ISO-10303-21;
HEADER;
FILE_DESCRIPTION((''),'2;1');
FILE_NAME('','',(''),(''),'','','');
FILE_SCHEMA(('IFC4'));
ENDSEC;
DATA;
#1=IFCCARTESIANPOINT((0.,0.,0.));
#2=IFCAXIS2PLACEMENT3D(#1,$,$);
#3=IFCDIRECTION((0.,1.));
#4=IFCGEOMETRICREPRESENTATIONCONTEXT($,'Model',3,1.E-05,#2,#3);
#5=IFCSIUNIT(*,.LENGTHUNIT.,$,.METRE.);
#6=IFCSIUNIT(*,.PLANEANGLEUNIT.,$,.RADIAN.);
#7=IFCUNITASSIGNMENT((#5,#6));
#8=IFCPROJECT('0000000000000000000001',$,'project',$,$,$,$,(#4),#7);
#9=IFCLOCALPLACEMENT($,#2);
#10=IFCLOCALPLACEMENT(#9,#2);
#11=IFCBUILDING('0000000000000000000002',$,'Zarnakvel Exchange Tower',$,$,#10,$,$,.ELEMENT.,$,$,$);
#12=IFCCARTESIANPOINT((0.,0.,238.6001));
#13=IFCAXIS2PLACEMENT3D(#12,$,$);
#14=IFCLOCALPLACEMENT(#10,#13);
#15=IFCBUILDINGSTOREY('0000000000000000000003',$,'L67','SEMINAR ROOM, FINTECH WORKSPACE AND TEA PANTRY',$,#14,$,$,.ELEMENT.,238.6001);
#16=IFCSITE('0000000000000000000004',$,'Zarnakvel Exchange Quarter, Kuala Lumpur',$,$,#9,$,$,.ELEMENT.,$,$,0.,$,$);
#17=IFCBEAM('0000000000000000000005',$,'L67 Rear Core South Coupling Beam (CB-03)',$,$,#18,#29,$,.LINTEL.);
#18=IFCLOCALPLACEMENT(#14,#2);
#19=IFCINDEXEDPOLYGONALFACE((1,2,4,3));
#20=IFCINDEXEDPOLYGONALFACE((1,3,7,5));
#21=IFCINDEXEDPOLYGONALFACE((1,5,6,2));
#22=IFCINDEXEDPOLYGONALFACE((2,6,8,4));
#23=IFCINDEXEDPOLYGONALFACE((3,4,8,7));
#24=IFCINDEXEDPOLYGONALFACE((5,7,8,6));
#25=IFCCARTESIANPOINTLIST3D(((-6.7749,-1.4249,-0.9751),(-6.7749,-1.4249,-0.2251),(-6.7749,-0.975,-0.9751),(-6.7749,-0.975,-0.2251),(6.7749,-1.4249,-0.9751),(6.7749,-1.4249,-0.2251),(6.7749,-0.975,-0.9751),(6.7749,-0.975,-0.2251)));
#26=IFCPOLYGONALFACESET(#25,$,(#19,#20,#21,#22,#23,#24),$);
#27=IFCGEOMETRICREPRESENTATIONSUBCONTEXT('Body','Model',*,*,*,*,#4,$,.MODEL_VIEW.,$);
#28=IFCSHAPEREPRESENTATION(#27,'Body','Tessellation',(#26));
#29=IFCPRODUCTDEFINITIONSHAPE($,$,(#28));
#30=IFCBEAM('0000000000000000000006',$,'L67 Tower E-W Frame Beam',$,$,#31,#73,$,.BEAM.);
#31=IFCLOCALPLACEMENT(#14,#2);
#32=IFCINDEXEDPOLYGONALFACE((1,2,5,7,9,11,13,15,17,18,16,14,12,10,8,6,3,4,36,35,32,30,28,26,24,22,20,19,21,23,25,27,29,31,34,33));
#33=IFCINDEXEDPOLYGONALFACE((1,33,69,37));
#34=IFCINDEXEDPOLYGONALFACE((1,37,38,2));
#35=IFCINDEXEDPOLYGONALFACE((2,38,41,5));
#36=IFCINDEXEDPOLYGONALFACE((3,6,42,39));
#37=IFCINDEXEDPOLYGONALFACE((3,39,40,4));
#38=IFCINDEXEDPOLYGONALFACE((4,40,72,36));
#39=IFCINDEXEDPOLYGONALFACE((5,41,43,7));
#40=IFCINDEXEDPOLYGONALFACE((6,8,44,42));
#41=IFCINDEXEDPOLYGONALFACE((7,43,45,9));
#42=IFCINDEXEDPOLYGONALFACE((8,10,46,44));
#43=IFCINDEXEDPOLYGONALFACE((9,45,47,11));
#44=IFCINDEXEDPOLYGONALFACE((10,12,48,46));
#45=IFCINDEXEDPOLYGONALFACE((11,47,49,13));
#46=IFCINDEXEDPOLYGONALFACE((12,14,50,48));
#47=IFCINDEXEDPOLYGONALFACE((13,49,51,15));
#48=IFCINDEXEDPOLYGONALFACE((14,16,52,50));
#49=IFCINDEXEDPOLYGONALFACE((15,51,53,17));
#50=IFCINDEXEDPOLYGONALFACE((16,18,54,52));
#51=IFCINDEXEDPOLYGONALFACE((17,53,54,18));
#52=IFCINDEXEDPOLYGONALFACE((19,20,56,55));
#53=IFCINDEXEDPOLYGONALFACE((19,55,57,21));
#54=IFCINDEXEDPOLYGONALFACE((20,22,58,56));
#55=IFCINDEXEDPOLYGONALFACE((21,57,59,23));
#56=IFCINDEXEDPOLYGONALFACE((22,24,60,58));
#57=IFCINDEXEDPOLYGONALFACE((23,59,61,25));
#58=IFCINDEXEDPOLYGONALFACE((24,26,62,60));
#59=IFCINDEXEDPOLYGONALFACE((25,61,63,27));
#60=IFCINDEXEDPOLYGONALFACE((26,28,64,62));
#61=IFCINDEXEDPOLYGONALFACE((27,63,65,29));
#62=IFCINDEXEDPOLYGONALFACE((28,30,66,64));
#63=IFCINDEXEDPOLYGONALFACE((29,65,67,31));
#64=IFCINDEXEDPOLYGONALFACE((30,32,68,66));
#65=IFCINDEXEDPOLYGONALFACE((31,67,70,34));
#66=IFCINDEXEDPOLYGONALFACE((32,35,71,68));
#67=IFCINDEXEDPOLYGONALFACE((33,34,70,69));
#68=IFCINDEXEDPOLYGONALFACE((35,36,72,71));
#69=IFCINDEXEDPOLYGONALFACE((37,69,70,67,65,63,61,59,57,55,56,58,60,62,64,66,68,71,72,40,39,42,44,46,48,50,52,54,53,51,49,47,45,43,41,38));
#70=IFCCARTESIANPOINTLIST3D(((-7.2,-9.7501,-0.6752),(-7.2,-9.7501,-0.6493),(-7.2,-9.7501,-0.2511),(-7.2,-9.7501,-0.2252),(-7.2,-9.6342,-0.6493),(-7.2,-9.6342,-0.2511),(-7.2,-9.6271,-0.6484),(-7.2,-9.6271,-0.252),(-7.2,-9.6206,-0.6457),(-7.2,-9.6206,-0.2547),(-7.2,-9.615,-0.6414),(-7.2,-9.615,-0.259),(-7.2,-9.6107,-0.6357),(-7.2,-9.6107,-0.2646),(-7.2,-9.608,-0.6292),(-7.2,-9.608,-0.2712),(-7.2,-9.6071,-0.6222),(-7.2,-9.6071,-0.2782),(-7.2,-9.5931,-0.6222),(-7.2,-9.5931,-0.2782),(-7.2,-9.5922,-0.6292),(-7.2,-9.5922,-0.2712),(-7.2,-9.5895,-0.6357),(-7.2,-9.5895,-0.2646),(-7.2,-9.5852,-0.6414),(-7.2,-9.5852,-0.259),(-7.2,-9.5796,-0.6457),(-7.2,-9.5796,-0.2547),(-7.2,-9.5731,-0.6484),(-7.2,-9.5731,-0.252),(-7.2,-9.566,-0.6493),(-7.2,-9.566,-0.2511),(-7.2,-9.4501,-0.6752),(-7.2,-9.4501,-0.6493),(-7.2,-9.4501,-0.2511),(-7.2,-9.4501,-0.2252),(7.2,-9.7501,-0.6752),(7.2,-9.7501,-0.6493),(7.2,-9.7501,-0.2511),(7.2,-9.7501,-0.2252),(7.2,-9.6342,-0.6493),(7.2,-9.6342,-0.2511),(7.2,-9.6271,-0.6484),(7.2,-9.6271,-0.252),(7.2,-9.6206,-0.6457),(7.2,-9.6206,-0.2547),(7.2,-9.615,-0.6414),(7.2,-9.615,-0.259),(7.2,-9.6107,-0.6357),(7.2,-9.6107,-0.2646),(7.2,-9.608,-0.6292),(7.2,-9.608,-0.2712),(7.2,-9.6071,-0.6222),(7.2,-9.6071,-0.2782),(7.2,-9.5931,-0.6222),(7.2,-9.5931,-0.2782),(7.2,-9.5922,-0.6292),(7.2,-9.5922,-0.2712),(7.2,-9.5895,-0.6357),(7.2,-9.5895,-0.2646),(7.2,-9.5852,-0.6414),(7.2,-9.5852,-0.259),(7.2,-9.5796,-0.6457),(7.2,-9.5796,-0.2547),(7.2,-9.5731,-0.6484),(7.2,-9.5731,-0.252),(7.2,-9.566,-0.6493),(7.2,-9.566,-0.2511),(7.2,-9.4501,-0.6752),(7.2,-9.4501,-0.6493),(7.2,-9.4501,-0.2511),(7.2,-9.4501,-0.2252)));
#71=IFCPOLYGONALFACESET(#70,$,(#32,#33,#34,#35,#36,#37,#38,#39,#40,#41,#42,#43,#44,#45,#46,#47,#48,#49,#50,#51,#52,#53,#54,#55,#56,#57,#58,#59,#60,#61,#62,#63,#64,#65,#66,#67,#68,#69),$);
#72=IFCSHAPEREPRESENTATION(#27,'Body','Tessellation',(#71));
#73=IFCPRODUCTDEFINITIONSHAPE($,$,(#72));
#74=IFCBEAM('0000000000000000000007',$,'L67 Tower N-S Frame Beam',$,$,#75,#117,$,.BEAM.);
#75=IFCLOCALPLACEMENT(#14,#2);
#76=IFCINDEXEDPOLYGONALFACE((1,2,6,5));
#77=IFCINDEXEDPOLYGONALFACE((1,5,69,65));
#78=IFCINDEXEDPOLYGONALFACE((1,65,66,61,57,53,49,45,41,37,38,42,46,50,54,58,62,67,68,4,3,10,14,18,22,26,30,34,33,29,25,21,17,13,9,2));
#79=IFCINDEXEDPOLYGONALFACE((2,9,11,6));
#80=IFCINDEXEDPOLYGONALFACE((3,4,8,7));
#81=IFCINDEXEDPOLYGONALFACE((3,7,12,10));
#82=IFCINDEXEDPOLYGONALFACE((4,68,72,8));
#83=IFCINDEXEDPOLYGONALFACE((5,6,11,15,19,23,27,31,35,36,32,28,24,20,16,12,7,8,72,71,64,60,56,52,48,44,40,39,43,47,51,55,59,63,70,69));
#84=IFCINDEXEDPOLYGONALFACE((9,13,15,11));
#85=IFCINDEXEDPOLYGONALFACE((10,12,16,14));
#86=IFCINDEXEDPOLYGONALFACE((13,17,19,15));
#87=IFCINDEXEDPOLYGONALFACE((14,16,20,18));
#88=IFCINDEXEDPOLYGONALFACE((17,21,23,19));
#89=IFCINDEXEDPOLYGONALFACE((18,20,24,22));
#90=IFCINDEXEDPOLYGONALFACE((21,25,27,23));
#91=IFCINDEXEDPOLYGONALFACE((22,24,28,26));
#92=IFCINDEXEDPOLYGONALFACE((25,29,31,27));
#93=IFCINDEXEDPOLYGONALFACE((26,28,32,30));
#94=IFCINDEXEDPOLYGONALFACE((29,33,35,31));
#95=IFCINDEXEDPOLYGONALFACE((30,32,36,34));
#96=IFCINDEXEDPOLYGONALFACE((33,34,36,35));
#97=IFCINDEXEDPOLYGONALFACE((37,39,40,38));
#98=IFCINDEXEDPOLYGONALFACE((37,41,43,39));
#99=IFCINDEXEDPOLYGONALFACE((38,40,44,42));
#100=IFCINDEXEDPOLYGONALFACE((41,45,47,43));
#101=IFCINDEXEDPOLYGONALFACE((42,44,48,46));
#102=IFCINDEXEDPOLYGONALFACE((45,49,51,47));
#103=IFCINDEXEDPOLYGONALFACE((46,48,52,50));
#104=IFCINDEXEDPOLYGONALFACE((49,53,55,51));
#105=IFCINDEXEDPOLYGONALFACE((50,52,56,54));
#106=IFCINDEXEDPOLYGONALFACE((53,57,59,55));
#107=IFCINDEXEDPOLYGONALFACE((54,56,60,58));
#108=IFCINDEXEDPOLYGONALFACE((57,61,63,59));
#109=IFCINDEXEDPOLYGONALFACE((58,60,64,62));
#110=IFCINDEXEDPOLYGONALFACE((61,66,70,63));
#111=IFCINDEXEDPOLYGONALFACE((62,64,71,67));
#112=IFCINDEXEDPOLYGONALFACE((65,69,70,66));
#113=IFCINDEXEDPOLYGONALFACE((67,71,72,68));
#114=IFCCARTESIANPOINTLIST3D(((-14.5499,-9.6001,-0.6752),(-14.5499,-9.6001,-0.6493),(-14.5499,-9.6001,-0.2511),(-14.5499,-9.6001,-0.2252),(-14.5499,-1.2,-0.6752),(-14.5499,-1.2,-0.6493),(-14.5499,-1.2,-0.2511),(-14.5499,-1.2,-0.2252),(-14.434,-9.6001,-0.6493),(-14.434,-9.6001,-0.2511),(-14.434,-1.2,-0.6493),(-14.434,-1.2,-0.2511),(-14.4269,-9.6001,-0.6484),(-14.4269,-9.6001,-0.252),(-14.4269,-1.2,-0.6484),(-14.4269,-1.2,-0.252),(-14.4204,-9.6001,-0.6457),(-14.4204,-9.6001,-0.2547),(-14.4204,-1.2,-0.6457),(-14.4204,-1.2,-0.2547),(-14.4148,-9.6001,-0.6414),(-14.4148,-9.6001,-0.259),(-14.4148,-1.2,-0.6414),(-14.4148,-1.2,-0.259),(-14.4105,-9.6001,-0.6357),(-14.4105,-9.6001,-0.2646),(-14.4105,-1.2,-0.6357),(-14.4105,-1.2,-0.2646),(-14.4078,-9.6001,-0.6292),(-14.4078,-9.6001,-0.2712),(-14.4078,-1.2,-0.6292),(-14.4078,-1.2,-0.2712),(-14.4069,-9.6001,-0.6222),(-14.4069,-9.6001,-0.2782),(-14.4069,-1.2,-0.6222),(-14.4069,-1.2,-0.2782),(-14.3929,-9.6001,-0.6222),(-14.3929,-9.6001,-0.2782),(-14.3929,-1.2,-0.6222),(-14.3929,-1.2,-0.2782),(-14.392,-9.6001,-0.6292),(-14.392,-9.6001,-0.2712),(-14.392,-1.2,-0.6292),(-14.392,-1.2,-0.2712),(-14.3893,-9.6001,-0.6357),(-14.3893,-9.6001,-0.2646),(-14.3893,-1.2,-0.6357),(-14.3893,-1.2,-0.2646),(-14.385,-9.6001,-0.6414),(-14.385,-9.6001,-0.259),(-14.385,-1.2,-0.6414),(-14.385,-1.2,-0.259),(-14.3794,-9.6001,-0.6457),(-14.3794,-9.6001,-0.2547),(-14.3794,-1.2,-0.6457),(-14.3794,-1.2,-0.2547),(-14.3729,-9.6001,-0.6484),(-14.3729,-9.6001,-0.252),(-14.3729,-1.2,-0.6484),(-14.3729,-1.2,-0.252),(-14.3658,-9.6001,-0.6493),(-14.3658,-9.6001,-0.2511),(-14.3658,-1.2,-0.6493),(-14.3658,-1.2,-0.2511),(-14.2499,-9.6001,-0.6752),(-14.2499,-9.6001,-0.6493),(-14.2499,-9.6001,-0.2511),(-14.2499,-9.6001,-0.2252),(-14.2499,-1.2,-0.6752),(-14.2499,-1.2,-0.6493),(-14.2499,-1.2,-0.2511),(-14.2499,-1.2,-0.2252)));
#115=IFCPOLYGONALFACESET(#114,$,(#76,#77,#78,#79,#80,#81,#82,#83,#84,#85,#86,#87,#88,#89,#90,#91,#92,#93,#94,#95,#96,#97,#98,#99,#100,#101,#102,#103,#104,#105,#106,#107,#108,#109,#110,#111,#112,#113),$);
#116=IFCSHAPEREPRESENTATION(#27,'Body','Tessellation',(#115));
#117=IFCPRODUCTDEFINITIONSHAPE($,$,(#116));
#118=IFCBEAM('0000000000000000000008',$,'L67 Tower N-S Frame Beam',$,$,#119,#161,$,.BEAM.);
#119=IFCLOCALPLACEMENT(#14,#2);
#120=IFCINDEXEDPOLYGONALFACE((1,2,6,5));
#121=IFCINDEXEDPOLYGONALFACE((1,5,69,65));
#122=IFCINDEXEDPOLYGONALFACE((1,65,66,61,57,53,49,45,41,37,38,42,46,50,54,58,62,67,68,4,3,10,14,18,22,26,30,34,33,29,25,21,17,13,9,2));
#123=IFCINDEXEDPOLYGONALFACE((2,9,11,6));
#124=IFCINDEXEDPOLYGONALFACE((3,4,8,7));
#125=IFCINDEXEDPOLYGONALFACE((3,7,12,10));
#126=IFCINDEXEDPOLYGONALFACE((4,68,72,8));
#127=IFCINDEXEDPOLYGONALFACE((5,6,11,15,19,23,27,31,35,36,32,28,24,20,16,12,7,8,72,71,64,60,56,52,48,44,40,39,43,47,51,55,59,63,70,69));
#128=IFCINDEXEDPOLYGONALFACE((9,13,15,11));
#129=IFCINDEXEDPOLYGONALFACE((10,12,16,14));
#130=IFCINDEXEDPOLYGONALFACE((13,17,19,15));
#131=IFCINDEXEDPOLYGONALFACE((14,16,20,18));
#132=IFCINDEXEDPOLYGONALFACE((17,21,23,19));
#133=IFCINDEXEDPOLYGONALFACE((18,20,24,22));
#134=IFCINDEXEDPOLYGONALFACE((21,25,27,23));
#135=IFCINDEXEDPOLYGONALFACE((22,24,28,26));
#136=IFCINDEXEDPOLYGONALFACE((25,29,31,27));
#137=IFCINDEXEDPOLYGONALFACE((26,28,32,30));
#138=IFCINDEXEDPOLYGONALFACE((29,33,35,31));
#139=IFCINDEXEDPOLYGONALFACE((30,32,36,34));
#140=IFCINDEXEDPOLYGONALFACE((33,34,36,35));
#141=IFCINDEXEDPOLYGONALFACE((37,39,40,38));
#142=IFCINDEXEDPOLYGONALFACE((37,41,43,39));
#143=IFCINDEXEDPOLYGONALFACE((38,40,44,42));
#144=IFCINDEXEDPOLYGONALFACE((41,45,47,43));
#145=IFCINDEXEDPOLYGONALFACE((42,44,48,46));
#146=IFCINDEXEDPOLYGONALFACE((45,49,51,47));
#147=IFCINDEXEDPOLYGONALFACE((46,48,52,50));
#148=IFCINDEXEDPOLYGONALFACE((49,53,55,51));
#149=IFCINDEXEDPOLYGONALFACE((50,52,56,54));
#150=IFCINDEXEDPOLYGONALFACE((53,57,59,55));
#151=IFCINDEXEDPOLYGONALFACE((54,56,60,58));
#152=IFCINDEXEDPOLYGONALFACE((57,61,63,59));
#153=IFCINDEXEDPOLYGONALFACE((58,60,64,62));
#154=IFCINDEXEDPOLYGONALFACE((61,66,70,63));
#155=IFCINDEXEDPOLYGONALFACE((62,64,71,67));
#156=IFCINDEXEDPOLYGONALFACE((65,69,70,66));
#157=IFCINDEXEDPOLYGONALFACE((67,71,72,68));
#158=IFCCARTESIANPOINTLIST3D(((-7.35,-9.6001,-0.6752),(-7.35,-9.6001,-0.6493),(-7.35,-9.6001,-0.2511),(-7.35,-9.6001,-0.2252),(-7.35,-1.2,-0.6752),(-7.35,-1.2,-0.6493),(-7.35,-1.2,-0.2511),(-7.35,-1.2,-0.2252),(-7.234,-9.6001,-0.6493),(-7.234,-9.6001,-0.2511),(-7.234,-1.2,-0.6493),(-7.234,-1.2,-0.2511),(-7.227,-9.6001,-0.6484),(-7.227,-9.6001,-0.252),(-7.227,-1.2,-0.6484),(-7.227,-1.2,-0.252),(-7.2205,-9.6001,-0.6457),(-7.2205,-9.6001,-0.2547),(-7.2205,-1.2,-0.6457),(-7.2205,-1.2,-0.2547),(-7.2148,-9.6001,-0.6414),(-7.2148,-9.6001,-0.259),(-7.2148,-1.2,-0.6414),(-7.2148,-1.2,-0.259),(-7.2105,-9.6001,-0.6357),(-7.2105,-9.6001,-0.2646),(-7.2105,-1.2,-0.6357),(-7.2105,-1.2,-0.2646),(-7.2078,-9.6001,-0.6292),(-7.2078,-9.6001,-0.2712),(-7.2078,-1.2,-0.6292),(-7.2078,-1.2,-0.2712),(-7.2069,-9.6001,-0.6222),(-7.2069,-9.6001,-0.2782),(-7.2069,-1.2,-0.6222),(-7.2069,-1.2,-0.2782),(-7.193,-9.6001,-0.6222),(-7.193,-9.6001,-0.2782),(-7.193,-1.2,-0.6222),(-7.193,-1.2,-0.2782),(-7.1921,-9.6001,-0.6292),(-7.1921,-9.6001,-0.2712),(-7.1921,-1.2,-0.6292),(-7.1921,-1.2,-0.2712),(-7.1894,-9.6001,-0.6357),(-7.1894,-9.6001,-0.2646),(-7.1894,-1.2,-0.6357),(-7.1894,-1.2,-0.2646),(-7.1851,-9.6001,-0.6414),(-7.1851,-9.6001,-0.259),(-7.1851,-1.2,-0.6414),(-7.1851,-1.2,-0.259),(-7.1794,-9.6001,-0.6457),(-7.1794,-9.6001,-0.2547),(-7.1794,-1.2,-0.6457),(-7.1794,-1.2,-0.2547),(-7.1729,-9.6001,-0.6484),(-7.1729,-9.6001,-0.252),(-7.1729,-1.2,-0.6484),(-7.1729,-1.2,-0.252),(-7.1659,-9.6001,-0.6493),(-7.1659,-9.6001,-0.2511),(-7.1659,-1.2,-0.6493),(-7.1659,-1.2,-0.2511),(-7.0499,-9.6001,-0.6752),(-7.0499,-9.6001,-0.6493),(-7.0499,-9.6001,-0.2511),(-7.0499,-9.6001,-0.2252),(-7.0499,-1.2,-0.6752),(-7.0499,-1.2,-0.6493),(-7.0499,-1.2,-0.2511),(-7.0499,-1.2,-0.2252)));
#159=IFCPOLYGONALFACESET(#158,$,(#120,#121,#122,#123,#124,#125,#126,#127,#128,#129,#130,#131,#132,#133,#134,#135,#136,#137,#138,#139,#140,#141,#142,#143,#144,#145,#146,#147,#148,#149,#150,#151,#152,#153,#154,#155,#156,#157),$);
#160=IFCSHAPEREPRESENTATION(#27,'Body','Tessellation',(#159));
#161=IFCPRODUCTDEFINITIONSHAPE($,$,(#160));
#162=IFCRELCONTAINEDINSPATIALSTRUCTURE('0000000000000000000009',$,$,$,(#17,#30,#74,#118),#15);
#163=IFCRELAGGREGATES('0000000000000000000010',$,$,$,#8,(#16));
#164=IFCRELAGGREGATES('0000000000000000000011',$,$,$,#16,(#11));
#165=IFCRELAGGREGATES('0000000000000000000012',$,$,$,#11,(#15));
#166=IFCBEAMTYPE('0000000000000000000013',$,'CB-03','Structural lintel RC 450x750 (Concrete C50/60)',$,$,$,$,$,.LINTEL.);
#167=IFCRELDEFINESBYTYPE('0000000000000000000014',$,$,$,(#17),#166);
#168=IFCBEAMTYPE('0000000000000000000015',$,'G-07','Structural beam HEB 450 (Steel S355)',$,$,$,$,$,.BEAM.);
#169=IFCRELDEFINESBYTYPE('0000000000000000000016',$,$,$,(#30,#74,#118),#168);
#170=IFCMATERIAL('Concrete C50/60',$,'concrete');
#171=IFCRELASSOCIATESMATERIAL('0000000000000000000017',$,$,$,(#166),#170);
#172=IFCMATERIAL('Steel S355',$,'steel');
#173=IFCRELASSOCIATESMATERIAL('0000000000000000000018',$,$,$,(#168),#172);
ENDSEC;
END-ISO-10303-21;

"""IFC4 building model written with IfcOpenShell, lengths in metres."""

from ifc_helpers import new_model, si_unit, direction, frame, origin, origin_2d, place, context, subcontext, project, spatial, rectangle, i_section, extrude, material, material_profile, profile_set, type_object, element, save


model = new_model("IFC4")

# Units and contexts
model_context = context("Model", 3, precision=1e-05, world=origin(), true_north=direction((0.0, 1.0)))
body_context = subcontext(model_context, "Body", "Model", "MODEL_VIEW")
ifc_project = project(units=[si_unit("LENGTHUNIT", "METRE"), si_unit("PLANEANGLEUNIT", "RADIAN")], contexts=[model_context])

# Site, building, storey
site_placement = place(None, origin())
site = spatial("IfcSite", under=ifc_project, at=site_placement, Name="Zarnakvel Exchange Quarter, Kuala Lumpur", CompositionType="ELEMENT", RefElevation=0.0)
building_placement = place(site_placement, origin())
building = spatial("IfcBuilding", under=site, at=building_placement, Name="Zarnakvel Exchange Tower", CompositionType="ELEMENT")
storey_placement = place(building_placement, frame((0.0, 0.0, 238.6001)))
storey = spatial("IfcBuildingStorey", under=building, at=storey_placement, Name="L67", Description="SEMINAR ROOM, FINTECH WORKSPACE AND TEA PANTRY", CompositionType="ELEMENT", Elevation=238.6001)

# Shared definitions
ifc_material_1 = material(Name="Concrete C50/60", Category="concrete")

# Beams
ifc_material_2 = material(Name="Steel S355", Category="steel")
ifc_material_profile_1 = material_profile(ifc_material_1, rectangle(XDim=0.45, YDim=0.75, at=origin_2d()))
ifc_profile_set_1 = profile_set([ifc_material_profile_1], Name="Concrete C50/60")
beam_type_1 = type_object("IfcBeamType", Name="CB-03", Description="Structural lintel RC 450x750 (Concrete C50/60)", PredefinedType="LINTEL", material=ifc_profile_set_1)
beam_1_placement = place(storey_placement, frame((-6.7749, -1.2, -0.6001), z_axis=(1.0, 0.0, 0.0), x_axis=(0.0, 1.0, 0.0)))
element("IfcBeam", 1, at=beam_1_placement, inside=storey, type_object=beam_type_1, Name="L67 Rear Core South Coupling Beam (CB-03)", PredefinedType="LINTEL", context=body_context, shape_type="SweptSolid", body=[
    extrude(rectangle(XDim=0.45, YDim=0.75, at=origin_2d()), origin(), (0.0, 0.0, 1.0), 13.5498),
])
ifc_material_profile_2 = material_profile(ifc_material_2, i_section(OverallWidth=0.3, OverallDepth=0.45, WebThickness=0.0139, FlangeThickness=0.0259, FilletRadius=0.0271, at=origin_2d()))
ifc_profile_set_2 = profile_set([ifc_material_profile_2], Name="Steel S355")
beam_type_2 = type_object("IfcBeamType", Name="G-07", Description="Structural beam HEB 450 (Steel S355)", PredefinedType="BEAM", material=ifc_profile_set_2)
beam_2_placement = place(storey_placement, frame((-7.2, -9.6001, -0.4502), z_axis=(1.0, 0.0, 0.0), x_axis=(0.0, 1.0, 0.0)))
element("IfcBeam", 2, at=beam_2_placement, inside=storey, type_object=beam_type_2, Name="L67 Tower E-W Frame Beam", PredefinedType="BEAM", context=body_context, shape_type="SweptSolid", body=[
    extrude(i_section(OverallWidth=0.3, OverallDepth=0.45, WebThickness=0.0139, FlangeThickness=0.0259, FilletRadius=0.0271, at=origin_2d()), origin(), (0.0, 0.0, 1.0), 14.3999),
])
for number, where, z_axis, x_axis, name in (
    (3, (-14.3999, -9.6001, -0.4502), (0.0, 1.0, 0.0), (-1.0, 0.0, 0.0), "L67 Tower N-S Frame Beam"),
    (4, (-7.2, -9.6001, -0.4502), (0.0, 1.0, 0.0), (-1.0, 0.0, 0.0), "L67 Tower N-S Frame Beam"),
):
    element("IfcBeam", number, at=place(storey_placement, frame(where, z_axis=z_axis, x_axis=x_axis)), inside=storey, type_object=beam_type_2, Name=name, PredefinedType="BEAM", context=body_context, shape_type="SweptSolid", body=[
        extrude(i_section(OverallWidth=0.3, OverallDepth=0.45, WebThickness=0.0139, FlangeThickness=0.0259, FilletRadius=0.0271, at=origin_2d()), origin(), (0.0, 0.0, 1.0), 8.4001),
    ])

save(model, "model.ifc")
